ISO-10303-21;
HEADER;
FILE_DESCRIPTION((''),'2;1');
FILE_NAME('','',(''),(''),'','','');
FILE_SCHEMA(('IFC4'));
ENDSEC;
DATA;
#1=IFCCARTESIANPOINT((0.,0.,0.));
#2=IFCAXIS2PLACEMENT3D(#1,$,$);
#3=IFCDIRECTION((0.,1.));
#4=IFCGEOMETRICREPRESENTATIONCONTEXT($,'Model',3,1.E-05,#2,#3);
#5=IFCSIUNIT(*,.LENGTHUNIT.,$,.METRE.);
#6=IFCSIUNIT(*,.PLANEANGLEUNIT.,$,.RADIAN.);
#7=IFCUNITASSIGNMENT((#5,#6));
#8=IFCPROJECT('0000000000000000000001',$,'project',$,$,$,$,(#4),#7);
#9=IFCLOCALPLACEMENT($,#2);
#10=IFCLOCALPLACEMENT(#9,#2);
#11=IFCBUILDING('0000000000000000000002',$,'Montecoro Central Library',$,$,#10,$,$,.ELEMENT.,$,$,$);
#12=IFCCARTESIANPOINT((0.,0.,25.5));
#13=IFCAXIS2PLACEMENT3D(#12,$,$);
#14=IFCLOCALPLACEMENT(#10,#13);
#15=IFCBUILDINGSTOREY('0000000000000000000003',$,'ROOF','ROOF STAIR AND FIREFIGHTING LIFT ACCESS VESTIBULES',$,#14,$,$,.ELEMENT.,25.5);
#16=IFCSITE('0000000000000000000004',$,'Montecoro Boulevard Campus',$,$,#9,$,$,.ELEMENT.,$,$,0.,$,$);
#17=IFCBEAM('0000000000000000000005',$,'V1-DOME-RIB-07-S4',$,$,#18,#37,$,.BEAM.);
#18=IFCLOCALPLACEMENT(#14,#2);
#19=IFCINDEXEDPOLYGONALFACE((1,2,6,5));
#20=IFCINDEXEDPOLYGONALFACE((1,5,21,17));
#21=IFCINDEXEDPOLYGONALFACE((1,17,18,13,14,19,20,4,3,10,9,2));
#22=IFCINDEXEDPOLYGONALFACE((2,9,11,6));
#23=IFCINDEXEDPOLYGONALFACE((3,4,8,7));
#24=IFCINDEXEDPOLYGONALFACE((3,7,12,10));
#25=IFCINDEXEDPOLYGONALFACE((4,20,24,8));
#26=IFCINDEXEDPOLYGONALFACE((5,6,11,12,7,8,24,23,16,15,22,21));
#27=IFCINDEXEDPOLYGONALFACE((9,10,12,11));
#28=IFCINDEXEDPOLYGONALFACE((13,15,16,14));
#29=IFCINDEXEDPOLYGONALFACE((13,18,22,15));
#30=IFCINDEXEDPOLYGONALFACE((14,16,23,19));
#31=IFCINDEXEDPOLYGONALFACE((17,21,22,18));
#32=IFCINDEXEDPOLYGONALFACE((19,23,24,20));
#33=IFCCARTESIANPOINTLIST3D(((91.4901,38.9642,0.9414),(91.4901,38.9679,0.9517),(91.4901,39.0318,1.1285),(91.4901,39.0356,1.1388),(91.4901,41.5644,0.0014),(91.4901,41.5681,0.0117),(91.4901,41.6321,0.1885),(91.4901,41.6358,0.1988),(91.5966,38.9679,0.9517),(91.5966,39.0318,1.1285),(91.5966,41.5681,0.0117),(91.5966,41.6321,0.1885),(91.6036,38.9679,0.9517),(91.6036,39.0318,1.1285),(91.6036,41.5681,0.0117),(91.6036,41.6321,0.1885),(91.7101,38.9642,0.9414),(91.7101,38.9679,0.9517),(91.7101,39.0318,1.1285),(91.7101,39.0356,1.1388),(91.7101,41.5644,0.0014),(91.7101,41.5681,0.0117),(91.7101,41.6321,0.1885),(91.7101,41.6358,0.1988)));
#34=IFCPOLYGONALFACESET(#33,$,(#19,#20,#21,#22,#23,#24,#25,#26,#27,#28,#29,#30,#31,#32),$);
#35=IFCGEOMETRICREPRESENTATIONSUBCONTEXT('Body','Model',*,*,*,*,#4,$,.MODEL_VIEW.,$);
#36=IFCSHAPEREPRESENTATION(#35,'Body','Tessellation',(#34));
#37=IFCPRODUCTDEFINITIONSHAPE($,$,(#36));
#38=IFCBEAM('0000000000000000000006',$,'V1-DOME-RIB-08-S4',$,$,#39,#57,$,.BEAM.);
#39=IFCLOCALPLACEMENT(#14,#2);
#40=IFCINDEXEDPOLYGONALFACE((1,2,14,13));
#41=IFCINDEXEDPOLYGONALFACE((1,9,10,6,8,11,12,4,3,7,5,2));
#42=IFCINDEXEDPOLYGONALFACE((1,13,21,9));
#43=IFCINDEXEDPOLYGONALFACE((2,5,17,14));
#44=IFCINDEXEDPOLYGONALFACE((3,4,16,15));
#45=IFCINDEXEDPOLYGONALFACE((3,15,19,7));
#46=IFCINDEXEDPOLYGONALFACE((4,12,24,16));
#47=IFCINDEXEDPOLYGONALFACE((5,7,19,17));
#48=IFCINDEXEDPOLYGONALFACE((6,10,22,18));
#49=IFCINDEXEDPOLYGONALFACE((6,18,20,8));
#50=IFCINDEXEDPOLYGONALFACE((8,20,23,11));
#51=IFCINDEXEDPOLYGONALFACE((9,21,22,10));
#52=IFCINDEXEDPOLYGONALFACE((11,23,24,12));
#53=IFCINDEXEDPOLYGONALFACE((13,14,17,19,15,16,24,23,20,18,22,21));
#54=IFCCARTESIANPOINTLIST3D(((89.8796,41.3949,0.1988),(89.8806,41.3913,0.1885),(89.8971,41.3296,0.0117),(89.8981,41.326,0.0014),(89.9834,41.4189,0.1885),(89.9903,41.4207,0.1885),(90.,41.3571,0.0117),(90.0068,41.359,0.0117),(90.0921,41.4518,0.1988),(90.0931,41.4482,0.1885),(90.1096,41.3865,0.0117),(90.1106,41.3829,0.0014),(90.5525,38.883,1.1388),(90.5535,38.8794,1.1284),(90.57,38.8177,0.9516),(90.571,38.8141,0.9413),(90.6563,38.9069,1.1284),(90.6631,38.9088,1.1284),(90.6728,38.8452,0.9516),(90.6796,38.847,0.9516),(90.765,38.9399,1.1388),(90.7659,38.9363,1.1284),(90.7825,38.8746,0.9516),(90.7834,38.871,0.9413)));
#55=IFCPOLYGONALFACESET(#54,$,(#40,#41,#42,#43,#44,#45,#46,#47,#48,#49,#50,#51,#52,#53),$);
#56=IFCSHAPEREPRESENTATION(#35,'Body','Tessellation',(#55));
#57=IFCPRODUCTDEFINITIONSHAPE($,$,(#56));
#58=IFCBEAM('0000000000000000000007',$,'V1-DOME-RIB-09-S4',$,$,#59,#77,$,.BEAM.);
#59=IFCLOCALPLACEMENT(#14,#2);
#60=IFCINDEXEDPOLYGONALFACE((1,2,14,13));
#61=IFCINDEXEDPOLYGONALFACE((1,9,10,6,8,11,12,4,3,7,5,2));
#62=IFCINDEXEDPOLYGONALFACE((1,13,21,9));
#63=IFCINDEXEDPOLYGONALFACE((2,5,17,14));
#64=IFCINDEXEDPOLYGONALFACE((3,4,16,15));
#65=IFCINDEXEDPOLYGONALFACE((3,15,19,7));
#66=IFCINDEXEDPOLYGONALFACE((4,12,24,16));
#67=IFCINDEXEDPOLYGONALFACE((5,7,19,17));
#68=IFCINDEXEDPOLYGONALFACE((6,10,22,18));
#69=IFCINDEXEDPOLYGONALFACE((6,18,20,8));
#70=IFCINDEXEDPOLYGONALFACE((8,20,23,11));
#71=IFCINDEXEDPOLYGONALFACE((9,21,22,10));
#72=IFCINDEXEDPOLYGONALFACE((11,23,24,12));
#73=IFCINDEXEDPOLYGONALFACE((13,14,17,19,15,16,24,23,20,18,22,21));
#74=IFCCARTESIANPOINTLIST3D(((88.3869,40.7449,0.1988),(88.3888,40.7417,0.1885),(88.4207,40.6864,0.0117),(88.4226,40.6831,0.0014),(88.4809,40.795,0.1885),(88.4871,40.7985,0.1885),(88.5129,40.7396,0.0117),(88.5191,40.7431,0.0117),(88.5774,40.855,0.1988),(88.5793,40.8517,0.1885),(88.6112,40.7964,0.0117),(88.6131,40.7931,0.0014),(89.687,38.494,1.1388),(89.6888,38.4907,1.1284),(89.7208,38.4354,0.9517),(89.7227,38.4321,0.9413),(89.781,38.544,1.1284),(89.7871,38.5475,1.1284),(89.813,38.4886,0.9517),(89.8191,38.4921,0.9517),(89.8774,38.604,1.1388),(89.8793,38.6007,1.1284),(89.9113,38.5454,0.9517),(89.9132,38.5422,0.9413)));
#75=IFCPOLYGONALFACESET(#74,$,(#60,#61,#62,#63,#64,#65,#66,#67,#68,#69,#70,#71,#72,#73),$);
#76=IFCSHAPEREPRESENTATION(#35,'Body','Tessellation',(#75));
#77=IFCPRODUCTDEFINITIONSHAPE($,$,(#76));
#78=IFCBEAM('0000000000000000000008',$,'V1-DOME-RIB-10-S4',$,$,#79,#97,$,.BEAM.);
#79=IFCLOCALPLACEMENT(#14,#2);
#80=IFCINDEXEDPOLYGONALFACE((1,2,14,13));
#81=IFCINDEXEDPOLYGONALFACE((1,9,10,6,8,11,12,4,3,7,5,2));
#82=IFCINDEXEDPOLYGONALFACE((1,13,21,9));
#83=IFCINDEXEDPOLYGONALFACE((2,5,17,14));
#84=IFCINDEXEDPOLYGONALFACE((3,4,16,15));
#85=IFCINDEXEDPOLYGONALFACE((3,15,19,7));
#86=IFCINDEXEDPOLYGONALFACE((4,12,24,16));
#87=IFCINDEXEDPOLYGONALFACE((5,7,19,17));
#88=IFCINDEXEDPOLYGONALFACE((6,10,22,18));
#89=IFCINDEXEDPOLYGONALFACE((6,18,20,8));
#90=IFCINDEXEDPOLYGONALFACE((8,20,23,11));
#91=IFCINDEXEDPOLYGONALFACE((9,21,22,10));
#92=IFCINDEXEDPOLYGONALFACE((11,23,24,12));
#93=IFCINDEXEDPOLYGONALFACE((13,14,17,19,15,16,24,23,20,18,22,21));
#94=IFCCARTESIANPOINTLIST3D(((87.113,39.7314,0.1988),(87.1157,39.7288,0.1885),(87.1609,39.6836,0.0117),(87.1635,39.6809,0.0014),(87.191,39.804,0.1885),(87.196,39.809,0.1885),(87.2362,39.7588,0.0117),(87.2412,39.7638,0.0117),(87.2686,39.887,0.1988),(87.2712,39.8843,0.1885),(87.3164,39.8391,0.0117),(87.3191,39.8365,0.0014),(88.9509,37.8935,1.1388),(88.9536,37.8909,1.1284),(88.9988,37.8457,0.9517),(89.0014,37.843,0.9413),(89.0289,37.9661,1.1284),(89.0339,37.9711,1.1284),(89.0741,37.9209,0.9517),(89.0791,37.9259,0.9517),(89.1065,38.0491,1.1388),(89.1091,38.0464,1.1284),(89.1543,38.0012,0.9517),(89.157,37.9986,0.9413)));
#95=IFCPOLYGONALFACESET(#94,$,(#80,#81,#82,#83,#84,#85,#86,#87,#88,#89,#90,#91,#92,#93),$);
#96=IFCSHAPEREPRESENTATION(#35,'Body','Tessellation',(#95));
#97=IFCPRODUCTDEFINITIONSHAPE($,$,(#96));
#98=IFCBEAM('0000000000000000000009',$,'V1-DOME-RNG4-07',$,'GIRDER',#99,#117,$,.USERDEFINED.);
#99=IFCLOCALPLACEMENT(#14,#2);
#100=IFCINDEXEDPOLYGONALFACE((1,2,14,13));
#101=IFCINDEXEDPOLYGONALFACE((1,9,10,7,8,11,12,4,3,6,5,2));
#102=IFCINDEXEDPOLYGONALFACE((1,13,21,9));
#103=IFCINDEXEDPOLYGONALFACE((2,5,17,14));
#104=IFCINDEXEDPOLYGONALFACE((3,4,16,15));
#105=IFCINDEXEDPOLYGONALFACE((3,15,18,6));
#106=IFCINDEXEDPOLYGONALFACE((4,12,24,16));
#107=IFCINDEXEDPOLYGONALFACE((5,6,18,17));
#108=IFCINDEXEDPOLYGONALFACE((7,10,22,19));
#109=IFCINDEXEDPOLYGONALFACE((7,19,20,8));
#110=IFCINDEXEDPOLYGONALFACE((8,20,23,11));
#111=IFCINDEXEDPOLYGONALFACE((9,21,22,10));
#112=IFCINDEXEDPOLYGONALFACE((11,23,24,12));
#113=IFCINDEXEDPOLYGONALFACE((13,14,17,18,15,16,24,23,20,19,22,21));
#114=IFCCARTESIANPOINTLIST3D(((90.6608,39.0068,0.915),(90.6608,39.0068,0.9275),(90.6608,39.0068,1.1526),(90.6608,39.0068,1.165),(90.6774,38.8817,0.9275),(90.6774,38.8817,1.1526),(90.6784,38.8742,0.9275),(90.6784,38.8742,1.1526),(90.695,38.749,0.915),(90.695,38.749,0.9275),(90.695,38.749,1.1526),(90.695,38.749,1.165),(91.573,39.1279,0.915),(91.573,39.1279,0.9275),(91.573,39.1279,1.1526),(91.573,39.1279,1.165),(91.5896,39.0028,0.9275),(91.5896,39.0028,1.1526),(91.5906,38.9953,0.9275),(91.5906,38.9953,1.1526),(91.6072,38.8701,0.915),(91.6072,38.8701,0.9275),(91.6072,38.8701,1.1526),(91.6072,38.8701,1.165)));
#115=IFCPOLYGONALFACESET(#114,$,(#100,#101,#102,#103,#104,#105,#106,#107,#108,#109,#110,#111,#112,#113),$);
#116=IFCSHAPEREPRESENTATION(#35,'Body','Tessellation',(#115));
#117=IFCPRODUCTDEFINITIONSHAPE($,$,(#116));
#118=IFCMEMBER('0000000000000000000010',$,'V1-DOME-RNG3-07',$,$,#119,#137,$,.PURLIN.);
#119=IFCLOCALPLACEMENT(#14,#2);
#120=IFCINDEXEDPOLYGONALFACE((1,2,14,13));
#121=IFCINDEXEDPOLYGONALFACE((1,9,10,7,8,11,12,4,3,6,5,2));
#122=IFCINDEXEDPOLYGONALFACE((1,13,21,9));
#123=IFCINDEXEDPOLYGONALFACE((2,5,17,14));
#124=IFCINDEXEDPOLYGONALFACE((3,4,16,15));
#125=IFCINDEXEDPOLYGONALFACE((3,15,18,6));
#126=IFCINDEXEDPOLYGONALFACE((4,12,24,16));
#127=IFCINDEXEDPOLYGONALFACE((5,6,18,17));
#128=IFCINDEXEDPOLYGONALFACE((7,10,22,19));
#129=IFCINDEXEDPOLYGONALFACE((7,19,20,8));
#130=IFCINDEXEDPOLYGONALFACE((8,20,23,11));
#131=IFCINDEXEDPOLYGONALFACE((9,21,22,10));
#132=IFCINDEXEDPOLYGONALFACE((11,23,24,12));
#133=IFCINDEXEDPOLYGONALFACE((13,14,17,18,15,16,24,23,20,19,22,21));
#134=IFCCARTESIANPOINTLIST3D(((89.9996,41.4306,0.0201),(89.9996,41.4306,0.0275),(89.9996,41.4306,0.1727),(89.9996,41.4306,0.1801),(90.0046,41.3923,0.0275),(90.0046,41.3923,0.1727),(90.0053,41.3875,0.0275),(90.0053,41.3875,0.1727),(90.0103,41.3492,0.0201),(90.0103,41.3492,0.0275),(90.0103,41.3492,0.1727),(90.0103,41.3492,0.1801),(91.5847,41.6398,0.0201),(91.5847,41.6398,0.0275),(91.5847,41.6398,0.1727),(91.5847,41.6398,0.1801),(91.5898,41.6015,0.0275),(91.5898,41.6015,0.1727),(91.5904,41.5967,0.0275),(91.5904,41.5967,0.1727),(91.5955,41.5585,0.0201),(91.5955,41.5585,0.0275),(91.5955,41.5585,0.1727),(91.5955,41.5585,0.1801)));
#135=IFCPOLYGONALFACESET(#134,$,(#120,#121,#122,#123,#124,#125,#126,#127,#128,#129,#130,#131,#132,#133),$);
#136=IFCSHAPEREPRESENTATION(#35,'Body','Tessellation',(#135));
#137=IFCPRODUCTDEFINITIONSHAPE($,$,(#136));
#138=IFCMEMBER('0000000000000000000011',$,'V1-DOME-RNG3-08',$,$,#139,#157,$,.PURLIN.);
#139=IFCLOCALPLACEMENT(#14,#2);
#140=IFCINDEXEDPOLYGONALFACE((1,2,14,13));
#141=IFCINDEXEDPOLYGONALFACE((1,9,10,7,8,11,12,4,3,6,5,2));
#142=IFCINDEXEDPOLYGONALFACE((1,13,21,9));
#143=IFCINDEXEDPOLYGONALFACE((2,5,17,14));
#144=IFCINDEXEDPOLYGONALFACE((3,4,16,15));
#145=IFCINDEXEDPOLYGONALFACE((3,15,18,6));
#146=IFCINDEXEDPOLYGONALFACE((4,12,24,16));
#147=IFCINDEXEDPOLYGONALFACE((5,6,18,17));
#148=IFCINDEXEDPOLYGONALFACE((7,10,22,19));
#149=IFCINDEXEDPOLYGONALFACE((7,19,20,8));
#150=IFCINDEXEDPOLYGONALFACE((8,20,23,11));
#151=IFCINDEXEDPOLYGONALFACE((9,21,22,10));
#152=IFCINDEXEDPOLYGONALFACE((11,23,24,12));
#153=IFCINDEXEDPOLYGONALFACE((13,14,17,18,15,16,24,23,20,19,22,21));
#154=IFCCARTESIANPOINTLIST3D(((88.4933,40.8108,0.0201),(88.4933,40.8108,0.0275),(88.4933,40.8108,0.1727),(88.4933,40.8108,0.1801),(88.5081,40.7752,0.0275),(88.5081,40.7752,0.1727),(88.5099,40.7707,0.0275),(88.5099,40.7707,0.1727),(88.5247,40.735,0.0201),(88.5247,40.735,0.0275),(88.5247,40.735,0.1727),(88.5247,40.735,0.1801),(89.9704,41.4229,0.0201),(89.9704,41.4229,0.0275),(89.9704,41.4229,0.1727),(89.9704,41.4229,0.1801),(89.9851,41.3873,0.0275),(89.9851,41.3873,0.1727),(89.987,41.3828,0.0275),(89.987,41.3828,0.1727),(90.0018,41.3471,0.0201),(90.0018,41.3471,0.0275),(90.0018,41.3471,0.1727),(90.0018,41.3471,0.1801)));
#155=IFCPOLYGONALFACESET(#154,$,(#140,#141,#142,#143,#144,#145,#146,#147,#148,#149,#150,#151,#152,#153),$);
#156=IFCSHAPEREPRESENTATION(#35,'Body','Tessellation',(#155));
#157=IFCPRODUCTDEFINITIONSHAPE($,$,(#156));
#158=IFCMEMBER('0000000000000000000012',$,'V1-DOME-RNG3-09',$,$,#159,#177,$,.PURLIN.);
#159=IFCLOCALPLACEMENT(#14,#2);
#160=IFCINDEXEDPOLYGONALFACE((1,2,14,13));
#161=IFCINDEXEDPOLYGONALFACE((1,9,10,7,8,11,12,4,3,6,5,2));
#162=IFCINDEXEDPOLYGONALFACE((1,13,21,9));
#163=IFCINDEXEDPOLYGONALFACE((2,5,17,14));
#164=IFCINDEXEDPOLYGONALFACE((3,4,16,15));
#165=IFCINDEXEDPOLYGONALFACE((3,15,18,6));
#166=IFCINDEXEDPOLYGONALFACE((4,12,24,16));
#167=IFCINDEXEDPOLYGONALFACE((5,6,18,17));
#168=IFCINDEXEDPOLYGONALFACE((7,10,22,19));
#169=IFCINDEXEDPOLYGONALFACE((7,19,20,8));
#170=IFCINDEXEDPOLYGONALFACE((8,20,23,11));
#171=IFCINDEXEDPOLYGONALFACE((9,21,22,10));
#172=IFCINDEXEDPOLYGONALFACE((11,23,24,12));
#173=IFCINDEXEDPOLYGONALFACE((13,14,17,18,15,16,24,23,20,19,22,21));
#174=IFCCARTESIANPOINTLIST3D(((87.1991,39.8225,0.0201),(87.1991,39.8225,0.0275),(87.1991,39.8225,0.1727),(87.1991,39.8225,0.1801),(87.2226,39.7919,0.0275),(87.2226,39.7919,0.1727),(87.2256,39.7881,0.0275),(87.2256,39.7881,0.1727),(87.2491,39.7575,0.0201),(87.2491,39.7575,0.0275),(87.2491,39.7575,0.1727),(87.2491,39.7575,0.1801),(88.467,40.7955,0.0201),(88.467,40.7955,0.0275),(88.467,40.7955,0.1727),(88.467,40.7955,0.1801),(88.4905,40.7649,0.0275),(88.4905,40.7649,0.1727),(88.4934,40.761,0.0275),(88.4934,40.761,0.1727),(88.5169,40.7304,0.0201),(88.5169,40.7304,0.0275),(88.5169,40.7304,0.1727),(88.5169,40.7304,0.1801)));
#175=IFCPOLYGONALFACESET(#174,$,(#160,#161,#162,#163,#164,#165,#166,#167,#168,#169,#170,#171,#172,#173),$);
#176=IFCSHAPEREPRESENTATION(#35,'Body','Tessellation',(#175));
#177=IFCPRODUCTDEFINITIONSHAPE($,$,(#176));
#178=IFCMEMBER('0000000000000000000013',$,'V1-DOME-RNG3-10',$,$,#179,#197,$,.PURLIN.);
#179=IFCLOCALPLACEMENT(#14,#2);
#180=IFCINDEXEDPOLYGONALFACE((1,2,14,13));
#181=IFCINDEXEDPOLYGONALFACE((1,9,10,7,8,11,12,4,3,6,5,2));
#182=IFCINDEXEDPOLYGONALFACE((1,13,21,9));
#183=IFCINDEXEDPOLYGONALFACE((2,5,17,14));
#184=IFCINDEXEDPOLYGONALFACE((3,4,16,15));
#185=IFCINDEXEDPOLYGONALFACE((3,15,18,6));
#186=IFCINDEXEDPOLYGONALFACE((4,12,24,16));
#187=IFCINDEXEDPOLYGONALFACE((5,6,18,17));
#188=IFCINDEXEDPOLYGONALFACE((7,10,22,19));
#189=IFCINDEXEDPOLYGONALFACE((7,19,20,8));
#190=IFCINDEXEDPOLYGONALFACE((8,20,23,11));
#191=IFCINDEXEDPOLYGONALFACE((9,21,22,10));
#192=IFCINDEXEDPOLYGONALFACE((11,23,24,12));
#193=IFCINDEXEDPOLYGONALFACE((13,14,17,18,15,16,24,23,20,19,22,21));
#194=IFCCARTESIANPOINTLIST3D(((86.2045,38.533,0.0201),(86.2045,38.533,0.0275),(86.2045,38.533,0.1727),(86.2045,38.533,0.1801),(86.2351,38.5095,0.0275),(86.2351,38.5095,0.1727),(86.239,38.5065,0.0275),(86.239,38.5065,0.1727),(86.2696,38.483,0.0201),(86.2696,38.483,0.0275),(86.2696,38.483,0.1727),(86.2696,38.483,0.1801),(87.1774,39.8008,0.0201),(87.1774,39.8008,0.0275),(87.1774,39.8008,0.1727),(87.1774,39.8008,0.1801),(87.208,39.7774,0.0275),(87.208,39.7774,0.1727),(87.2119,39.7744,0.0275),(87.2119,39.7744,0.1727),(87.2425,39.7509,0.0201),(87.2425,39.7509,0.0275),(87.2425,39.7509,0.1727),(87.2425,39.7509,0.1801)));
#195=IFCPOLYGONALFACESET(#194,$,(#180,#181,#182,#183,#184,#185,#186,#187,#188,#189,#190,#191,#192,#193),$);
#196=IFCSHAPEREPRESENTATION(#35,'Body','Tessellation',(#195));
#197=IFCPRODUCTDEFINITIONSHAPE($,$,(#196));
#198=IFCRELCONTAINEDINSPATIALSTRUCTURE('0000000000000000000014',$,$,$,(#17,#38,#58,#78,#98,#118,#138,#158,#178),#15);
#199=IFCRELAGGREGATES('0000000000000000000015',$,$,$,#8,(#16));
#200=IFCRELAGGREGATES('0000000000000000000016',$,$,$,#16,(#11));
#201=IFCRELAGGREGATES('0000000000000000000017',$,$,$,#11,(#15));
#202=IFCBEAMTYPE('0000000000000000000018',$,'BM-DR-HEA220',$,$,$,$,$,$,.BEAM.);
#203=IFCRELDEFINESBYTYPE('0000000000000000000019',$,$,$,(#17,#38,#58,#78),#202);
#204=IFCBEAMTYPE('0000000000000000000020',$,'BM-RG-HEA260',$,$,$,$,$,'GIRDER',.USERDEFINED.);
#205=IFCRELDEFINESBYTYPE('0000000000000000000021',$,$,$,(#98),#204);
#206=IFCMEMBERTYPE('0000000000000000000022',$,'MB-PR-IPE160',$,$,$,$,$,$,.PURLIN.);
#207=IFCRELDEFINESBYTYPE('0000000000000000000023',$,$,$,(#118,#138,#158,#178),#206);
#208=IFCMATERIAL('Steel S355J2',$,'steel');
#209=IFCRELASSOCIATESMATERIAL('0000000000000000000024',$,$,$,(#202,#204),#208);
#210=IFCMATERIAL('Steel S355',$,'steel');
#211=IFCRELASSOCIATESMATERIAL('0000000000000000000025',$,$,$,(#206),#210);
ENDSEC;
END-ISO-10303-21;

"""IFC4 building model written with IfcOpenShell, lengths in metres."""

from ifc_helpers import new_model, si_unit, direction, frame, origin, origin_2d, place, context, subcontext, project, spatial, i_section, extrude, material, material_profile, profile_set, type_object, element, save


model = new_model("IFC4")

# Units and contexts
model_context = context("Model", 3, precision=1e-05, world=origin(), true_north=direction((0.0, 1.0)))
body_context = subcontext(model_context, "Body", "Model", "MODEL_VIEW")
ifc_project = project(units=[si_unit("LENGTHUNIT", "METRE"), si_unit("PLANEANGLEUNIT", "RADIAN")], contexts=[model_context])

# Site, building, storey
site_placement = place(None, origin())
site = spatial("IfcSite", under=ifc_project, at=site_placement, Name="Montecoro Boulevard Campus", CompositionType="ELEMENT", RefElevation=0.0)
building_placement = place(site_placement, origin())
building = spatial("IfcBuilding", under=site, at=building_placement, Name="Montecoro Central Library", CompositionType="ELEMENT")
storey_placement = place(building_placement, frame((0.0, 0.0, 25.5)))
storey = spatial("IfcBuildingStorey", under=building, at=storey_placement, Name="ROOF", Description="ROOF STAIR AND FIREFIGHTING LIFT ACCESS VESTIBULES", CompositionType="ELEMENT", Elevation=25.5)

# Beams
ifc_material_1 = material(Name="Steel S355J2", Category="steel")
ifc_material_profile_1 = material_profile(ifc_material_1, i_section(OverallWidth=0.22, OverallDepth=0.21, WebThickness=0.0071, FlangeThickness=0.011, at=origin_2d()), Name="HEA 220")
ifc_profile_set_1 = profile_set([ifc_material_profile_1], Name="Steel S355J2")
beam_type_1 = type_object("IfcBeamType", Name="BM-DR-HEA220", PredefinedType="BEAM", material=ifc_profile_set_1)
beam_1_placement = place(storey_placement, frame((91.6001, 41.6001, 0.1001), z_axis=(0.0, -0.940436, 0.33997), x_axis=(1.0, 0.0, 0.0)))
element("IfcBeam", 1, at=beam_1_placement, inside=storey, type_object=beam_type_1, Name="V1-DOME-RIB-07-S4", PredefinedType="BEAM", context=body_context, shape_type="SweptSolid", body=[
    extrude(i_section(OverallWidth=0.22, OverallDepth=0.21, WebThickness=0.0071, FlangeThickness=0.011, at=origin_2d()), origin(), (0.0, 0.0, 1.0), 2.7649),
])
beam_2_placement = place(storey_placement, frame((89.9951, 41.3889, 0.1001), z_axis=(0.243331, -0.908429, 0.339921), x_axis=(0.965948, 0.258738, 0.0)))
element("IfcBeam", 2, at=beam_2_placement, inside=storey, type_object=beam_type_1, Name="V1-DOME-RIB-08-S4", PredefinedType="BEAM", context=body_context, shape_type="SweptSolid", body=[
    extrude(i_section(OverallWidth=0.22, OverallDepth=0.21, WebThickness=0.0071, FlangeThickness=0.011, at=origin_2d()), origin(), (0.0, 0.0, 1.0), 2.7651),
])
beam_3_placement = place(storey_placement, frame((88.5, 40.769, 0.1001), z_axis=(0.470325, -0.814347, 0.340047), x_axis=(0.865951, 0.500129, 0.0)))
element("IfcBeam", 3, at=beam_3_placement, inside=storey, type_object=beam_type_1, Name="V1-DOME-RIB-09-S4", PredefinedType="BEAM", context=body_context, shape_type="SweptSolid", body=[
    extrude(i_section(OverallWidth=0.22, OverallDepth=0.21, WebThickness=0.0071, FlangeThickness=0.011, at=origin_2d()), origin(), (0.0, 0.0, 1.0), 2.7642),
])
beam_4_placement = place(storey_placement, frame((87.2161, 39.7839, 0.1001), z_axis=(0.664961, -0.664961, 0.340077), x_axis=(0.707107, 0.707107, 0.0)))
element("IfcBeam", 4, at=beam_4_placement, inside=storey, type_object=beam_type_1, Name="V1-DOME-RIB-10-S4", PredefinedType="BEAM", context=body_context, shape_type="SweptSolid", body=[
    extrude(i_section(OverallWidth=0.22, OverallDepth=0.21, WebThickness=0.0071, FlangeThickness=0.011, at=origin_2d()), origin(), (0.0, 0.0, 1.0), 2.7639),
])
ifc_material_profile_2 = material_profile(ifc_material_1, i_section(OverallWidth=0.26, OverallDepth=0.25, WebThickness=0.0076, FlangeThickness=0.0125, at=origin_2d()), Name="HEA 260")
ifc_profile_set_2 = profile_set([ifc_material_profile_2], Name="Steel S355J2")
beam_type_2 = type_object("IfcBeamType", Name="BM-RG-HEA260", ElementType="GIRDER", PredefinedType="USERDEFINED", material=ifc_profile_set_2)
beam_5_placement = place(storey_placement, frame((91.5901, 38.999, 1.04), z_axis=(-0.991302, -0.131608, 0.0), x_axis=(0.131608, -0.991302, 0.0)))
element("IfcBeam", 5, at=beam_5_placement, inside=storey, type_object=beam_type_2, Name="V1-DOME-RNG4-07", ObjectType="GIRDER", PredefinedType="USERDEFINED", context=body_context, shape_type="SweptSolid", body=[
    extrude(i_section(OverallWidth=0.26, OverallDepth=0.25, WebThickness=0.0076, FlangeThickness=0.0125, at=origin_2d()), origin(), (0.0, 0.0, 1.0), 0.9202),
])

# Members
ifc_material_2 = material(Name="Steel S355", Category="steel")
ifc_material_profile_3 = material_profile(ifc_material_2, i_section(OverallWidth=0.082, OverallDepth=0.1599, WebThickness=0.0049, FlangeThickness=0.0073, at=origin_2d()), Name="IPE 160")
ifc_profile_set_3 = profile_set([ifc_material_profile_3], Name="Steel S355")
member_type_1 = type_object("IfcMemberType", Name="MB-PR-IPE160", PredefinedType="PURLIN", material=ifc_profile_set_3)
for number, where, z_axis, x_axis, name in (
    (6, (91.5901, 41.5991, 0.1001), (-0.991402, -0.130853, 0.0), (0.130853, -0.991402, 0.0), "V1-DOME-RNG3-07"),
    (7, (89.9861, 41.385, 0.1001), (-0.923825, -0.382815, 0.0), (0.382815, -0.923825, 0.0), "V1-DOME-RNG3-08"),
):
    element("IfcMember", number, at=place(storey_placement, frame(where, z_axis=z_axis, x_axis=x_axis)), inside=storey, type_object=member_type_1, Name=name, PredefinedType="PURLIN", context=body_context, shape_type="SweptSolid", body=[
        extrude(i_section(OverallWidth=0.082, OverallDepth=0.1599, WebThickness=0.0049, FlangeThickness=0.0073, at=origin_2d()), origin(), (0.0, 0.0, 1.0), 1.5989),
    ])
for number, where, z_axis, x_axis, name in (
    (8, (88.4919, 40.7629, 0.1001), (-0.793333, -0.608787, 0.0), (0.608787, -0.793333, 0.0), "V1-DOME-RNG3-09"),
    (9, (87.21, 39.7759, 0.1001), (-0.608787, -0.793333, 0.0), (0.793333, -0.608787, 0.0), "V1-DOME-RNG3-10"),
):
    element("IfcMember", number, at=place(storey_placement, frame(where, z_axis=z_axis, x_axis=x_axis)), inside=storey, type_object=member_type_1, Name=name, PredefinedType="PURLIN", context=body_context, shape_type="SweptSolid", body=[
        extrude(i_section(OverallWidth=0.082, OverallDepth=0.1599, WebThickness=0.0049, FlangeThickness=0.0073, at=origin_2d()), origin(), (0.0, 0.0, 1.0), 1.5981),
    ])

save(model, "model.ifc")
